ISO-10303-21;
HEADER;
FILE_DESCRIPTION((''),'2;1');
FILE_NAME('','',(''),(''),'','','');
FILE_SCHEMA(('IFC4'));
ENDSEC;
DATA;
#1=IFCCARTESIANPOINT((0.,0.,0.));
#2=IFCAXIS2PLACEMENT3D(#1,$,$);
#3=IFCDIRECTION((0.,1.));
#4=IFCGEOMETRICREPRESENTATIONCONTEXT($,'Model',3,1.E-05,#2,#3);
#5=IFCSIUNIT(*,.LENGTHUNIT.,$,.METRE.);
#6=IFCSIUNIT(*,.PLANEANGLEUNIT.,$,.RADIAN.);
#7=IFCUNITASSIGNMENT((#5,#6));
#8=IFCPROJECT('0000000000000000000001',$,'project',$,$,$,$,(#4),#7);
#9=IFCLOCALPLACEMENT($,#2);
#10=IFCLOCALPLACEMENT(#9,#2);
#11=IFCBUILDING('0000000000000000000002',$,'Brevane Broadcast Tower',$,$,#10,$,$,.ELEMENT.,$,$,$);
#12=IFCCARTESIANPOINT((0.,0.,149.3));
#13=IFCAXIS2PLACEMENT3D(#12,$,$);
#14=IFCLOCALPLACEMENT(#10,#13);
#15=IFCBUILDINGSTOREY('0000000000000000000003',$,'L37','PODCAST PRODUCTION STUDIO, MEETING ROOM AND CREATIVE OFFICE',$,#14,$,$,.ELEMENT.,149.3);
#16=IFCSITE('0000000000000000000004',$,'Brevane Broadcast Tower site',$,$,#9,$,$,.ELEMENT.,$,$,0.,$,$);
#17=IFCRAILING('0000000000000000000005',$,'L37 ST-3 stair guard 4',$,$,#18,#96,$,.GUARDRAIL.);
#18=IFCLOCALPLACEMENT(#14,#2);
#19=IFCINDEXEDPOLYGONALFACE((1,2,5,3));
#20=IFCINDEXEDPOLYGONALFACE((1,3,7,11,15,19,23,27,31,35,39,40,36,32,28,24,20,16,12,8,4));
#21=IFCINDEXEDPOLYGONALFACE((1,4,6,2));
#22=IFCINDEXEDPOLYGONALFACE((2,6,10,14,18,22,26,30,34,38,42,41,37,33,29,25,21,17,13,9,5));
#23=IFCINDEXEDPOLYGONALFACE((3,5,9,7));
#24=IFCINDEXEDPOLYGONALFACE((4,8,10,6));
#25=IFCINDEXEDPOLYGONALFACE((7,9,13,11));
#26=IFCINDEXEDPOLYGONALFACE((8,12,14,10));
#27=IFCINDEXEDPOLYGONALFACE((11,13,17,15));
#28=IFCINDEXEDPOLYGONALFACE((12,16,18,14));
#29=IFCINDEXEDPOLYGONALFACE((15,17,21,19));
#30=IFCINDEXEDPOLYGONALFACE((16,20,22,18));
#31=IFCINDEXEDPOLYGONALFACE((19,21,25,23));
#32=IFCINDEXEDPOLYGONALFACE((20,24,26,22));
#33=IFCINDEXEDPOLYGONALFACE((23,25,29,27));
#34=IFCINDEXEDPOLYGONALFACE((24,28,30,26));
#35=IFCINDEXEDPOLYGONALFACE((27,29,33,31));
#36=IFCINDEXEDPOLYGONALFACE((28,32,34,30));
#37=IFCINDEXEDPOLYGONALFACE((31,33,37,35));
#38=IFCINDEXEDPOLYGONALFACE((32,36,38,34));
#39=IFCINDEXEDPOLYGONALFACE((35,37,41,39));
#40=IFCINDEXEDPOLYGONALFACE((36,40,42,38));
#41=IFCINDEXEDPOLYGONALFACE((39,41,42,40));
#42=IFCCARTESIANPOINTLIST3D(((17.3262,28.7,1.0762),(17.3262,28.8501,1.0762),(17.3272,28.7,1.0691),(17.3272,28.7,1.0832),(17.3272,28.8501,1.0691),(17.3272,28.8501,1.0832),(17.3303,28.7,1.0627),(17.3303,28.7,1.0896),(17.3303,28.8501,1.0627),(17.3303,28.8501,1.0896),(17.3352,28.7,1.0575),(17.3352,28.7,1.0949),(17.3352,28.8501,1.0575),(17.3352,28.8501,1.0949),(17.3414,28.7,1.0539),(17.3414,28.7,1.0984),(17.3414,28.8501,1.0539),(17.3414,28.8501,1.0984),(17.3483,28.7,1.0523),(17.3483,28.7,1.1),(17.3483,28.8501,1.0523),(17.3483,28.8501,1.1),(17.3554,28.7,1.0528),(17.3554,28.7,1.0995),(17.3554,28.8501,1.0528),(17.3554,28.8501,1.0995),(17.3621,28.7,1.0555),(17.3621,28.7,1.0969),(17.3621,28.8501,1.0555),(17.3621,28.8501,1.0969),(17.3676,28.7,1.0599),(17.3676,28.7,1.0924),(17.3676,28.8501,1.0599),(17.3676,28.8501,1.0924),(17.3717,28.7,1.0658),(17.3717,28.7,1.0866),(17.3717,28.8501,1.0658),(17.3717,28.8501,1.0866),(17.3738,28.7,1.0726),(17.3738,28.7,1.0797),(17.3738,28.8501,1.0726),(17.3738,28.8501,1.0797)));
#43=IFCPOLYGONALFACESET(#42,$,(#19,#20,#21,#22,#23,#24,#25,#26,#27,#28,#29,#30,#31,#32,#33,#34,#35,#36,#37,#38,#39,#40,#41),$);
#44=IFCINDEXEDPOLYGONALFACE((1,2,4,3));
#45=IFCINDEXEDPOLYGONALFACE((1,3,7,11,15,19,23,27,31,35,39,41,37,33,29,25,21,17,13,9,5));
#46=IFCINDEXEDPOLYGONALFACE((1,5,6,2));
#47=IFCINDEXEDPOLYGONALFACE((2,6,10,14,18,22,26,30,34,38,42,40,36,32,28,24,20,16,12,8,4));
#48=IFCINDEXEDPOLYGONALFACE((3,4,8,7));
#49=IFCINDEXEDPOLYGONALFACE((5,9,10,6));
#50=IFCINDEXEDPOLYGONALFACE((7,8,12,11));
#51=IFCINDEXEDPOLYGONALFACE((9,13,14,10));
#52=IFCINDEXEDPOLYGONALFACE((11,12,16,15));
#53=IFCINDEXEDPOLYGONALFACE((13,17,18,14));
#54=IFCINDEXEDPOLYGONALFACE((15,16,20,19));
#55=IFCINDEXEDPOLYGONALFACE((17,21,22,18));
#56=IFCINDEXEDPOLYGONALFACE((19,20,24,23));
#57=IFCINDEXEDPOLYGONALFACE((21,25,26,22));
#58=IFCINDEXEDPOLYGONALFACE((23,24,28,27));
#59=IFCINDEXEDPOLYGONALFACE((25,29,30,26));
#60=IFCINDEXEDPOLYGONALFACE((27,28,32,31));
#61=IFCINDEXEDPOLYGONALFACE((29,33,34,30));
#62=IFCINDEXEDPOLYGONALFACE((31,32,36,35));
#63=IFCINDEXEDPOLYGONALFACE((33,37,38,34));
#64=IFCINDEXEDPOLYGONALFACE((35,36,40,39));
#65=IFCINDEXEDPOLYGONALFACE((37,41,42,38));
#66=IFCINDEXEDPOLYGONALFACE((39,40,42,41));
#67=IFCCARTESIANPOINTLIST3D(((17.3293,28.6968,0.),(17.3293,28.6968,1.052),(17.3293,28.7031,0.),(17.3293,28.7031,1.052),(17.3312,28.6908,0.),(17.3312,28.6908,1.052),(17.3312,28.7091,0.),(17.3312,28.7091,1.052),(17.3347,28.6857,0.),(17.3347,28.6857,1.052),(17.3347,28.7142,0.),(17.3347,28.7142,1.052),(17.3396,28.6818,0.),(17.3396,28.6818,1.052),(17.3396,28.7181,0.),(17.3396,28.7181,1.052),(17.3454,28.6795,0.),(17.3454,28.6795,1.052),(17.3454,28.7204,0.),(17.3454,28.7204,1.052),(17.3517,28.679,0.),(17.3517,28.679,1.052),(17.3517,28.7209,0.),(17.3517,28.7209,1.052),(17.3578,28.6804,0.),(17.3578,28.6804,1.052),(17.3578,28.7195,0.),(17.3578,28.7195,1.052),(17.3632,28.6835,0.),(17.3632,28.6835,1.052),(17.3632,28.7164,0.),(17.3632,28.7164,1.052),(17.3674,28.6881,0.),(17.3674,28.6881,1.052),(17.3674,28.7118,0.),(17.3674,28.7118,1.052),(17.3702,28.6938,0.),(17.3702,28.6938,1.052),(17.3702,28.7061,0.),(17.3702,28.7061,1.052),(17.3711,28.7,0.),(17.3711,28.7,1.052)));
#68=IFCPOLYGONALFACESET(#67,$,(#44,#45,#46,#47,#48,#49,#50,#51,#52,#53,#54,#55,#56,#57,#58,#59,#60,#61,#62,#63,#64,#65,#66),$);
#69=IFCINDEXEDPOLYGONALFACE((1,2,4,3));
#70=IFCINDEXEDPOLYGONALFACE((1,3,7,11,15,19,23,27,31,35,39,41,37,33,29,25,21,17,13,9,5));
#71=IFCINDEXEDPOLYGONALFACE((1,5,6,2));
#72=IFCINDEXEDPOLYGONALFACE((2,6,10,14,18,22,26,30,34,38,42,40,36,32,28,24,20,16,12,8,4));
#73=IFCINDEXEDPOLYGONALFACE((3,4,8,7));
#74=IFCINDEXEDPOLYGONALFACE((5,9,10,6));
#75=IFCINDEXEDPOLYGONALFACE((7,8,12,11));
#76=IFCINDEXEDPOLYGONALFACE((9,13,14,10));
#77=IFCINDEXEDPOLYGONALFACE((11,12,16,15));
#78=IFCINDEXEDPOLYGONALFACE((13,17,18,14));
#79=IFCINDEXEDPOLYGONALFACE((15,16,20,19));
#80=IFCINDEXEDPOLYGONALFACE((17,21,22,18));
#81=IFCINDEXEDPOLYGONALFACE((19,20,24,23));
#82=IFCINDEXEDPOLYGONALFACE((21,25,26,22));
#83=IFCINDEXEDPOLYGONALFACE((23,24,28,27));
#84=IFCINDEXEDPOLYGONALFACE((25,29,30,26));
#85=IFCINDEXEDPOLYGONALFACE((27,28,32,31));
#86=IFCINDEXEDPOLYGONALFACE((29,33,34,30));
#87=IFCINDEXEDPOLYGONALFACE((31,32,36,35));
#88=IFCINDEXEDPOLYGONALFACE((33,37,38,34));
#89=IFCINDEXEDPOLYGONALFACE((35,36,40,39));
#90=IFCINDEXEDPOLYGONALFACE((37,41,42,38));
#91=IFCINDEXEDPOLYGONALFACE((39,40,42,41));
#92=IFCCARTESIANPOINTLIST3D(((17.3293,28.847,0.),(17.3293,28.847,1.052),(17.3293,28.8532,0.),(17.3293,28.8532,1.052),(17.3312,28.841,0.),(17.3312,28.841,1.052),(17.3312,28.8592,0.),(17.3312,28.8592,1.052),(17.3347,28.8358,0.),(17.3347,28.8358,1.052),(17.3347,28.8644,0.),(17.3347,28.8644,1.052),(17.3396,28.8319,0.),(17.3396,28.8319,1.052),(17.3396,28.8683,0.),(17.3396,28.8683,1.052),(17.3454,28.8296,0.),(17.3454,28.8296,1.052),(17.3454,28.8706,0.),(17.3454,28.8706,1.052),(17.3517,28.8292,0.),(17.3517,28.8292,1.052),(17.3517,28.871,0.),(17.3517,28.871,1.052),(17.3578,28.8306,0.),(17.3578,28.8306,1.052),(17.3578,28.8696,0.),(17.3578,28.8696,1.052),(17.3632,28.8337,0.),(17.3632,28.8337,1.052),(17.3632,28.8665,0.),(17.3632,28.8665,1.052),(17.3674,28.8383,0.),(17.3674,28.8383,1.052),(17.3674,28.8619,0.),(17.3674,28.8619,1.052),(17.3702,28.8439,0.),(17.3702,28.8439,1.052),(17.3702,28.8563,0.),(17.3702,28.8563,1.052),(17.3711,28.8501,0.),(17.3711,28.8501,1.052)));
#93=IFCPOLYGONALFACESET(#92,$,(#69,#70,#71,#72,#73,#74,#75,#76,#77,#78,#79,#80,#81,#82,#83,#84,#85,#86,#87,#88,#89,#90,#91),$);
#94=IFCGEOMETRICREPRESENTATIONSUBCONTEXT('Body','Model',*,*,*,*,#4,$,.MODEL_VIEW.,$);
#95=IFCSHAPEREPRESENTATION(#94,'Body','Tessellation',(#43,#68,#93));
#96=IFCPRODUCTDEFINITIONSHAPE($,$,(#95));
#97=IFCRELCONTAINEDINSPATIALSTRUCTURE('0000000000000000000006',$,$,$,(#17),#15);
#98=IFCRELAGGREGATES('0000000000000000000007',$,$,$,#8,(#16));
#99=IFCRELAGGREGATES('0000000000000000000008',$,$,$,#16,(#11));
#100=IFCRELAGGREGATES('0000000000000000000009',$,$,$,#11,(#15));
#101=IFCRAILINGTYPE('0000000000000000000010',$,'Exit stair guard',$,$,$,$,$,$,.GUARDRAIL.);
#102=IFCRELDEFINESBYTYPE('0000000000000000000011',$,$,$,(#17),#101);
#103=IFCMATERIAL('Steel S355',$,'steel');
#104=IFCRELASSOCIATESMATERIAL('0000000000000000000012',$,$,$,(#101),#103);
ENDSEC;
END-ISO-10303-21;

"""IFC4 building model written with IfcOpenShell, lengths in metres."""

from ifc_helpers import new_model, si_unit, direction, frame, origin, origin_2d, place, context, subcontext, project, spatial, circle, extrude, material, type_object, element, save


model = new_model("IFC4")

# Units and contexts
model_context = context("Model", 3, precision=1e-05, world=origin(), true_north=direction((0.0, 1.0)))
body_context = subcontext(model_context, "Body", "Model", "MODEL_VIEW")
ifc_project = project(units=[si_unit("LENGTHUNIT", "METRE"), si_unit("PLANEANGLEUNIT", "RADIAN")], contexts=[model_context])

# Site, building, storey
site_placement = place(None, origin())
site = spatial("IfcSite", under=ifc_project, at=site_placement, Name="Brevane Broadcast Tower site", CompositionType="ELEMENT", RefElevation=0.0)
building_placement = place(site_placement, origin())
building = spatial("IfcBuilding", under=site, at=building_placement, Name="Brevane Broadcast Tower", CompositionType="ELEMENT")
storey_placement = place(building_placement, frame((0.0, 0.0, 149.3)))
storey = spatial("IfcBuildingStorey", under=building, at=storey_placement, Name="L37", Description="PODCAST PRODUCTION STUDIO, MEETING ROOM AND CREATIVE OFFICE", CompositionType="ELEMENT", Elevation=149.3)

# Railing
ifc_material_1 = material(Name="Steel S355", Category="steel")
railing_type_1 = type_object("IfcRailingType", Name="Exit stair guard", PredefinedType="GUARDRAIL", material=ifc_material_1)
railing_1_placement = place(storey_placement, frame((17.3501, 28.7, 0.0)))
element("IfcRailing", 1, at=railing_1_placement, inside=storey, type_object=railing_type_1, Name="L37 ST-3 stair guard 4", PredefinedType="GUARDRAIL", context=body_context, shape_type="SweptSolid", body=[
    extrude(circle(Radius=0.0239, at=origin_2d()), frame((0.0, 0.0, 1.0762), z_axis=(0.0, 1.0, 0.0), x_axis=(-1.0, 0.0, 0.0)), (0.0, 0.0, 1.0), 0.1501),
    extrude(circle(Radius=0.021, at=origin_2d()), origin(), (0.0, 0.0, 1.0), 1.052),
    extrude(circle(Radius=0.021, at=origin_2d()), frame((0.0, 0.1501, 0.0)), (0.0, 0.0, 1.0), 1.052),
])

save(model, "model.ifc")
